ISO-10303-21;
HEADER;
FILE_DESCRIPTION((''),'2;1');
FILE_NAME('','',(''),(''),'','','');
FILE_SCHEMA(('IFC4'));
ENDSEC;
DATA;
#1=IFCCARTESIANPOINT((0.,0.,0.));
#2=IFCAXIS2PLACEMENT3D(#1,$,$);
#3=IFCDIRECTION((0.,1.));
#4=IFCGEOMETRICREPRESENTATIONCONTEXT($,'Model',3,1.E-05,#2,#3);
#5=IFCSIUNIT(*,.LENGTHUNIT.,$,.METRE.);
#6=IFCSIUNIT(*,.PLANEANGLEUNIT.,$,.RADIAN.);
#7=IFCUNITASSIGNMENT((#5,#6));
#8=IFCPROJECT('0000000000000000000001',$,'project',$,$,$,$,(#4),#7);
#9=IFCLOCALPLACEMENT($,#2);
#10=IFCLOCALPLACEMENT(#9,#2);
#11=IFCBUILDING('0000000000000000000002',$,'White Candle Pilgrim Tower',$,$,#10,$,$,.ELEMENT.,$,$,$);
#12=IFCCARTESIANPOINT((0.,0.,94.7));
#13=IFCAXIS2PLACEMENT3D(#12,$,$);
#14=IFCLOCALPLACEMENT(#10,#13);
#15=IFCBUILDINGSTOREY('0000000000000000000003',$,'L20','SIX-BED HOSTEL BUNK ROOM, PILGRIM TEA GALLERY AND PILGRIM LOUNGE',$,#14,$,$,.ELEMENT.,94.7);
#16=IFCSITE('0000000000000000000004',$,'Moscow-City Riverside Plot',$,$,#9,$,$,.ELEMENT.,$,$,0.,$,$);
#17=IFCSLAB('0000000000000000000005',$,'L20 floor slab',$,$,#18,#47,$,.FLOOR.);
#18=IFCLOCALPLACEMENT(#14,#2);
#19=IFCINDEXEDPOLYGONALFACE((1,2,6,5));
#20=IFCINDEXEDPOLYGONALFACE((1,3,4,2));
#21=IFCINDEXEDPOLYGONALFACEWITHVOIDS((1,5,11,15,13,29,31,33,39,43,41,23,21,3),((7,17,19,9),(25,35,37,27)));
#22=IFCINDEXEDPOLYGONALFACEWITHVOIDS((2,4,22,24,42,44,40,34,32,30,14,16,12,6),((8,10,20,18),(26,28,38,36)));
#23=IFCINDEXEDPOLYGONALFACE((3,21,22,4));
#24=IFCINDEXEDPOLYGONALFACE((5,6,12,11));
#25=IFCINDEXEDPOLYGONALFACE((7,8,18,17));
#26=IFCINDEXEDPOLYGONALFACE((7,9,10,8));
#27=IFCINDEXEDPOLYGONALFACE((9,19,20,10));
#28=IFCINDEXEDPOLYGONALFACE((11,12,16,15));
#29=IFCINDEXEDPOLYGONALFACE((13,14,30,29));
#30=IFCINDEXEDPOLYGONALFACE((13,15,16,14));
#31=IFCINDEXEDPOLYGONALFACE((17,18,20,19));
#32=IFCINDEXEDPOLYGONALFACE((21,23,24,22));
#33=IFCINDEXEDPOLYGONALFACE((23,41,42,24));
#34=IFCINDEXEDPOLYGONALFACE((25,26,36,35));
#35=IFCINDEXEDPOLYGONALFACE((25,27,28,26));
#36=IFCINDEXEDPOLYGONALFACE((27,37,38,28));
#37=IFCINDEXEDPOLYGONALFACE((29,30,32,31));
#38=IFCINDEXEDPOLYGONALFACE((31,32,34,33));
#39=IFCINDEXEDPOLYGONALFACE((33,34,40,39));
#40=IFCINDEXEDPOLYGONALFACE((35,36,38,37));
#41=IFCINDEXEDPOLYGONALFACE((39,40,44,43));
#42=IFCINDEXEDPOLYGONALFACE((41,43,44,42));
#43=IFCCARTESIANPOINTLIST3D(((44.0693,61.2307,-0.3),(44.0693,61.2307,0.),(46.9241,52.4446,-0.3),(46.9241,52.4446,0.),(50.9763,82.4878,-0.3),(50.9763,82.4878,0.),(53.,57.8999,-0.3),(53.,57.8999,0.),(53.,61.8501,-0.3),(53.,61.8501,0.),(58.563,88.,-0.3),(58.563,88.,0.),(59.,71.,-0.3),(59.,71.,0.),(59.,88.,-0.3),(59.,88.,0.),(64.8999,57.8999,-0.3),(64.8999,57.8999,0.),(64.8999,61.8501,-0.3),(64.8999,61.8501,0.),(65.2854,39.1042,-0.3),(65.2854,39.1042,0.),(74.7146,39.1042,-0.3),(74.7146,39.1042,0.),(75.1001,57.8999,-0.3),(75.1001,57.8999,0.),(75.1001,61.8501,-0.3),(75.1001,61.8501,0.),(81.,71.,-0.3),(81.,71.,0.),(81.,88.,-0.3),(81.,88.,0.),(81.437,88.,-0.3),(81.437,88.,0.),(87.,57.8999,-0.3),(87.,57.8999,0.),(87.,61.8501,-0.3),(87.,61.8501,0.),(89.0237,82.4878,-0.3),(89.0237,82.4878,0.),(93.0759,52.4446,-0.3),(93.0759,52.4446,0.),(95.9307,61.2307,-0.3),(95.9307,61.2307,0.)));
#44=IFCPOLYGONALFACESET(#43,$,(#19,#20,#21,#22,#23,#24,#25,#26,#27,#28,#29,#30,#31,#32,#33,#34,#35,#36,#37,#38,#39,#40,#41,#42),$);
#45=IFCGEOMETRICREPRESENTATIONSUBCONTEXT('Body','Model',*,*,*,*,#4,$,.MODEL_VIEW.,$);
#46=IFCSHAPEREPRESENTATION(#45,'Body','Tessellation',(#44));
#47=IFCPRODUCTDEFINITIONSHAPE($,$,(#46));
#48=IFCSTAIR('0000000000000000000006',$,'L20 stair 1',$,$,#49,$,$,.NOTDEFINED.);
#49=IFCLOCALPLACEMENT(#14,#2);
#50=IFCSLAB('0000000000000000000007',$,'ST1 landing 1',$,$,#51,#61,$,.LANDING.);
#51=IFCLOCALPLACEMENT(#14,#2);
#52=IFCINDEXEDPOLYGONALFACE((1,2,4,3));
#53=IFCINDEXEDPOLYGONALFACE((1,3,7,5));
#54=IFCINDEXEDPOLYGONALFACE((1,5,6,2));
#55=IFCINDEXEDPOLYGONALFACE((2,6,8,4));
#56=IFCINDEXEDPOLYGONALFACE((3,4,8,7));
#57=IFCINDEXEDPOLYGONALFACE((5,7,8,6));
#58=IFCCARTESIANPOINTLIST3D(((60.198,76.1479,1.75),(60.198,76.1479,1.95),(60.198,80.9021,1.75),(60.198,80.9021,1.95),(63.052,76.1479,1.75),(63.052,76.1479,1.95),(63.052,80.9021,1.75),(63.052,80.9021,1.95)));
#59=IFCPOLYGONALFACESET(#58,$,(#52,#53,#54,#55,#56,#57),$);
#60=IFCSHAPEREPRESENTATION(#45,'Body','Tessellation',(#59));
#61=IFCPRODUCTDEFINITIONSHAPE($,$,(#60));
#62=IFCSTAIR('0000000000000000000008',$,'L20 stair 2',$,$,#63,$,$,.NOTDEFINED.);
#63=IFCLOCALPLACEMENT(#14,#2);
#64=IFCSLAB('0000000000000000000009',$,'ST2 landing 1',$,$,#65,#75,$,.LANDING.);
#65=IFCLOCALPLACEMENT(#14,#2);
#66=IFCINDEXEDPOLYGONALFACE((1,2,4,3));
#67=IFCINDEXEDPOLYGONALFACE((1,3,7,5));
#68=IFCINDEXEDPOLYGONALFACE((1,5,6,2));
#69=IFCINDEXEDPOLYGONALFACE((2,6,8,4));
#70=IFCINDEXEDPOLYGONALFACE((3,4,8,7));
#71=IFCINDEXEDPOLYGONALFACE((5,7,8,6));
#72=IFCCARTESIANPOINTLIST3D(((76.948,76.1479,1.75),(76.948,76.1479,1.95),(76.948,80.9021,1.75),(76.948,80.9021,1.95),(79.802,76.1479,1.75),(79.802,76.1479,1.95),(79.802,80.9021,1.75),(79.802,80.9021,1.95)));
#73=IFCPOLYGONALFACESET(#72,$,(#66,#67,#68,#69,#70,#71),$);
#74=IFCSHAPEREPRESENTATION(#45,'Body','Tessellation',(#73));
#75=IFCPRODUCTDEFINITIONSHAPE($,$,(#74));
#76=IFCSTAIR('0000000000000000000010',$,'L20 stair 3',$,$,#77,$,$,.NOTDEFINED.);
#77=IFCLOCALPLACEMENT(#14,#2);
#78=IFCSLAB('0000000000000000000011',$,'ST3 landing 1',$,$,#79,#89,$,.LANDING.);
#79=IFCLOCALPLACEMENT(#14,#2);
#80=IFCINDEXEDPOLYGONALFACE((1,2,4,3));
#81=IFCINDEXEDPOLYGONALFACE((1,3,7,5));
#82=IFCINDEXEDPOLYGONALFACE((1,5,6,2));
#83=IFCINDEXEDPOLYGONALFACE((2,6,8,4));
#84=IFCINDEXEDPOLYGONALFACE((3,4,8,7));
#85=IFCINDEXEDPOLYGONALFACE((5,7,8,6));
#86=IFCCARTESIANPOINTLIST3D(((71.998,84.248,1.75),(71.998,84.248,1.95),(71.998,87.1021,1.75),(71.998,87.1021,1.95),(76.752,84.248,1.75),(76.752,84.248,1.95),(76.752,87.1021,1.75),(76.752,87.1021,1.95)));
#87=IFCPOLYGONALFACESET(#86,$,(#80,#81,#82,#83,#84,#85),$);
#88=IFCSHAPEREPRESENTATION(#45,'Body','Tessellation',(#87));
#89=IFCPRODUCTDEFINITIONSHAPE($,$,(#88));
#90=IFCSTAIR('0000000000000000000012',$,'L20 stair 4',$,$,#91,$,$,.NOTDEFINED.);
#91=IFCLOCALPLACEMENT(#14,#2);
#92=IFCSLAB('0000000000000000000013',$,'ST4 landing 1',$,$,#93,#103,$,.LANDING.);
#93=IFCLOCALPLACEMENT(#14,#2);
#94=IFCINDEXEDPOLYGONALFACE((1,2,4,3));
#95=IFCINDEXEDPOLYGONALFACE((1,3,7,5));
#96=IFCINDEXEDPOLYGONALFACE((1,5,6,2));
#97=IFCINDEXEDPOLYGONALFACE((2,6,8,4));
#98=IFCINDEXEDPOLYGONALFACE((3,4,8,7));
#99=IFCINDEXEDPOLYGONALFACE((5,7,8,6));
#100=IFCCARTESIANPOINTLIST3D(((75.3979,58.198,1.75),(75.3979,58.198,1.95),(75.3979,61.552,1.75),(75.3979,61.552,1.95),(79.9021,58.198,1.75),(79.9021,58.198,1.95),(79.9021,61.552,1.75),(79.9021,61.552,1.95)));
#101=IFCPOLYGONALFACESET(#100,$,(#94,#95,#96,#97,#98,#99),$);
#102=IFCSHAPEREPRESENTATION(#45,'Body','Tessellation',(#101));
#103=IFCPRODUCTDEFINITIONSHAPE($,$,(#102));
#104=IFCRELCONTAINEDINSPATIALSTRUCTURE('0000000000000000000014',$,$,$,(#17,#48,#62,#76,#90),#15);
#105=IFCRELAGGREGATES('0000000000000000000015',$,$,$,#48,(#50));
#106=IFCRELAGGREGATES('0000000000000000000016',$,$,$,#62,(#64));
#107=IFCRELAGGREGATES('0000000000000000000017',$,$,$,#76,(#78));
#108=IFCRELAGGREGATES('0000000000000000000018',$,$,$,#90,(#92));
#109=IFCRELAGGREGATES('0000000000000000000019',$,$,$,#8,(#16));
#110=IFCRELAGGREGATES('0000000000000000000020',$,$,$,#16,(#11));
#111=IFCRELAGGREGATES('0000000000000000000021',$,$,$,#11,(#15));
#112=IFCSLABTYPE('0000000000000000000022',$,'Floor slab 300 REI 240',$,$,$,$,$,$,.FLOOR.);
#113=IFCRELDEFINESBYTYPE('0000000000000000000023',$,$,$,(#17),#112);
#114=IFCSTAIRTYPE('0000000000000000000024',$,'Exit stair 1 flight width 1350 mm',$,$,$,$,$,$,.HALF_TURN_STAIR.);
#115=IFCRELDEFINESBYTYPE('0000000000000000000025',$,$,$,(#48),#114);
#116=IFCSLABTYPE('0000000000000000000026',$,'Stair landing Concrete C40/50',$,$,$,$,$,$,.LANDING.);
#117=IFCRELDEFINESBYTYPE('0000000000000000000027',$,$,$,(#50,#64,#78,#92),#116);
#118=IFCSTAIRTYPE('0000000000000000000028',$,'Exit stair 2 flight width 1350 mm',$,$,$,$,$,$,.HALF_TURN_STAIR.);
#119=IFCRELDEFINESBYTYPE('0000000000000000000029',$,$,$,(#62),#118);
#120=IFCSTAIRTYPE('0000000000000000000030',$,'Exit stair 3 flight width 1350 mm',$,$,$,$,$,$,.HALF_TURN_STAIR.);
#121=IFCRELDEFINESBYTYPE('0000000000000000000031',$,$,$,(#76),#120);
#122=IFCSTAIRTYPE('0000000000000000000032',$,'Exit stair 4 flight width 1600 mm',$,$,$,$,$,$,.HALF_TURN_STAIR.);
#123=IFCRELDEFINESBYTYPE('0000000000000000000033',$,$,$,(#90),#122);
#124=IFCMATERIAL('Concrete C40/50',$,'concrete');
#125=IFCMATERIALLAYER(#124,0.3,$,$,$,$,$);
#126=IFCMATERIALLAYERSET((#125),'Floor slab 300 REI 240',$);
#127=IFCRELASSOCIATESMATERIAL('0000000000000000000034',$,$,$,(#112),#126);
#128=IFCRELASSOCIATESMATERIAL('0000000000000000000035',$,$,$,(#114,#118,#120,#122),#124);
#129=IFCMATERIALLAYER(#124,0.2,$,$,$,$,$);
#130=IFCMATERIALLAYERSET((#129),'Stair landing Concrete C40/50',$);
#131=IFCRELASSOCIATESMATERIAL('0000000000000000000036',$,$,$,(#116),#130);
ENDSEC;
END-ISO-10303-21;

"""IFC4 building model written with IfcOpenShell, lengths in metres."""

from ifc_helpers import new_model, si_unit, direction, frame, origin, place, context, subcontext, project, spatial, polyline, outline, extrude, material, layer, layer_set, type_object, element, aggregate, save


model = new_model("IFC4")

# Units and contexts
model_context = context("Model", 3, precision=1e-05, world=origin(), true_north=direction((0.0, 1.0)))
body_context = subcontext(model_context, "Body", "Model", "MODEL_VIEW")
ifc_project = project(units=[si_unit("LENGTHUNIT", "METRE"), si_unit("PLANEANGLEUNIT", "RADIAN")], contexts=[model_context])

# Site, building, storey
site_placement = place(None, origin())
site = spatial("IfcSite", under=ifc_project, at=site_placement, Name="Moscow-City Riverside Plot", CompositionType="ELEMENT", RefElevation=0.0)
building_placement = place(site_placement, origin())
building = spatial("IfcBuilding", under=site, at=building_placement, Name="White Candle Pilgrim Tower", CompositionType="ELEMENT")
storey_placement = place(building_placement, frame((0.0, 0.0, 94.7)))
storey = spatial("IfcBuildingStorey", under=building, at=storey_placement, Name="L20", Description="SIX-BED HOSTEL BUNK ROOM, PILGRIM TEA GALLERY AND PILGRIM LOUNGE", CompositionType="ELEMENT", Elevation=94.7)

# Slab
ifc_material = material(Name="Concrete C40/50", Category="concrete")
ifc_layer_1 = layer(ifc_material, 0.3)
ifc_layer_set_1 = layer_set([ifc_layer_1], Name="Floor slab 300 REI 240")
slab_type_1 = type_object("IfcSlabType", Name="Floor slab 300 REI 240", PredefinedType="FLOOR", material=ifc_layer_set_1)
slab_1_placement = place(storey_placement, frame((0.0, 0.0, -0.3)))
element("IfcSlab", 1, at=slab_1_placement, inside=storey, type_object=slab_type_1, Name="L20 floor slab", PredefinedType="FLOOR", context=body_context, shape_type="SweptSolid", body=[
    extrude(outline(polyline([(65.2854, 39.1042), (74.7146, 39.1042), (93.0759, 52.4446), (95.9307, 61.2307), (89.0237, 82.4878), (81.437, 88.0), (81.0, 88.0), (81.0, 71.0), (59.0, 71.0), (59.0, 88.0), (58.563, 88.0), (50.9763, 82.4878), (44.0693, 61.2307), (46.9241, 52.4446), (65.2854, 39.1042)]), holes=[polyline([(53.0, 57.8999), (53.0, 61.8501), (64.8999, 61.8501), (64.8999, 57.8999), (53.0, 57.8999)]), polyline([(75.1001, 57.8999), (75.1001, 61.8501), (87.0, 61.8501), (87.0, 57.8999), (75.1001, 57.8999)])]), origin(), (0.0, 0.0, 1.0), 0.3),
])

# Stairs, slabs
stair_type_1 = type_object("IfcStairType", Name="Exit stair 1 flight width 1350 mm", PredefinedType="HALF_TURN_STAIR", material=ifc_material)
stair_1_placement = place(storey_placement, origin())
stair_1 = element("IfcStair", 2, at=stair_1_placement, inside=storey, type_object=stair_type_1, Name="L20 stair 1", PredefinedType="NOTDEFINED")
ifc_layer_2 = layer(ifc_material, 0.2)
ifc_layer_set_2 = layer_set([ifc_layer_2], Name="Stair landing Concrete C40/50")
slab_type_2 = type_object("IfcSlabType", Name="Stair landing Concrete C40/50", PredefinedType="LANDING", material=ifc_layer_set_2)
slab_2_placement = place(storey_placement, frame((0.0, 0.0, 1.75)))
slab_2 = element("IfcSlab", 3, at=slab_2_placement, type_object=slab_type_2, Name="ST1 landing 1", PredefinedType="LANDING", context=body_context, shape_type="SweptSolid", body=[
    extrude(outline(polyline([(63.052, 76.1479), (60.198, 76.1479), (60.198, 80.9021), (63.052, 80.9021), (63.052, 76.1479)])), origin(), (0.0, 0.0, 1.0), 0.2),
])
aggregate(stair_1, [slab_2])
stair_type_2 = type_object("IfcStairType", Name="Exit stair 2 flight width 1350 mm", PredefinedType="HALF_TURN_STAIR", material=ifc_material)
stair_2_placement = place(storey_placement, origin())
stair_2 = element("IfcStair", 4, at=stair_2_placement, inside=storey, type_object=stair_type_2, Name="L20 stair 2", PredefinedType="NOTDEFINED")
slab_3_placement = place(storey_placement, frame((0.0, 0.0, 1.75)))
slab_3 = element("IfcSlab", 5, at=slab_3_placement, type_object=slab_type_2, Name="ST2 landing 1", PredefinedType="LANDING", context=body_context, shape_type="SweptSolid", body=[
    extrude(outline(polyline([(79.802, 76.1479), (76.948, 76.1479), (76.948, 80.9021), (79.802, 80.9021), (79.802, 76.1479)])), origin(), (0.0, 0.0, 1.0), 0.2),
])
aggregate(stair_2, [slab_3])
stair_type_3 = type_object("IfcStairType", Name="Exit stair 3 flight width 1350 mm", PredefinedType="HALF_TURN_STAIR", material=ifc_material)
stair_3_placement = place(storey_placement, origin())
stair_3 = element("IfcStair", 6, at=stair_3_placement, inside=storey, type_object=stair_type_3, Name="L20 stair 3", PredefinedType="NOTDEFINED")
slab_4_placement = place(storey_placement, frame((0.0, 0.0, 1.75)))
slab_4 = element("IfcSlab", 7, at=slab_4_placement, type_object=slab_type_2, Name="ST3 landing 1", PredefinedType="LANDING", context=body_context, shape_type="SweptSolid", body=[
    extrude(outline(polyline([(71.998, 84.248), (71.998, 87.1021), (76.752, 87.1021), (76.752, 84.248), (71.998, 84.248)])), origin(), (0.0, 0.0, 1.0), 0.2),
])
aggregate(stair_3, [slab_4])
stair_type_4 = type_object("IfcStairType", Name="Exit stair 4 flight width 1600 mm", PredefinedType="HALF_TURN_STAIR", material=ifc_material)
stair_4_placement = place(storey_placement, origin())
stair_4 = element("IfcStair", 8, at=stair_4_placement, inside=storey, type_object=stair_type_4, Name="L20 stair 4", PredefinedType="NOTDEFINED")
slab_5_placement = place(storey_placement, frame((0.0, 0.0, 1.75)))
slab_5 = element("IfcSlab", 9, at=slab_5_placement, type_object=slab_type_2, Name="ST4 landing 1", PredefinedType="LANDING", context=body_context, shape_type="SweptSolid", body=[
    extrude(outline(polyline([(79.9021, 61.552), (79.9021, 58.198), (75.3979, 58.198), (75.3979, 61.552), (79.9021, 61.552)])), origin(), (0.0, 0.0, 1.0), 0.2),
])
aggregate(stair_4, [slab_5])

save(model, "model.ifc")
